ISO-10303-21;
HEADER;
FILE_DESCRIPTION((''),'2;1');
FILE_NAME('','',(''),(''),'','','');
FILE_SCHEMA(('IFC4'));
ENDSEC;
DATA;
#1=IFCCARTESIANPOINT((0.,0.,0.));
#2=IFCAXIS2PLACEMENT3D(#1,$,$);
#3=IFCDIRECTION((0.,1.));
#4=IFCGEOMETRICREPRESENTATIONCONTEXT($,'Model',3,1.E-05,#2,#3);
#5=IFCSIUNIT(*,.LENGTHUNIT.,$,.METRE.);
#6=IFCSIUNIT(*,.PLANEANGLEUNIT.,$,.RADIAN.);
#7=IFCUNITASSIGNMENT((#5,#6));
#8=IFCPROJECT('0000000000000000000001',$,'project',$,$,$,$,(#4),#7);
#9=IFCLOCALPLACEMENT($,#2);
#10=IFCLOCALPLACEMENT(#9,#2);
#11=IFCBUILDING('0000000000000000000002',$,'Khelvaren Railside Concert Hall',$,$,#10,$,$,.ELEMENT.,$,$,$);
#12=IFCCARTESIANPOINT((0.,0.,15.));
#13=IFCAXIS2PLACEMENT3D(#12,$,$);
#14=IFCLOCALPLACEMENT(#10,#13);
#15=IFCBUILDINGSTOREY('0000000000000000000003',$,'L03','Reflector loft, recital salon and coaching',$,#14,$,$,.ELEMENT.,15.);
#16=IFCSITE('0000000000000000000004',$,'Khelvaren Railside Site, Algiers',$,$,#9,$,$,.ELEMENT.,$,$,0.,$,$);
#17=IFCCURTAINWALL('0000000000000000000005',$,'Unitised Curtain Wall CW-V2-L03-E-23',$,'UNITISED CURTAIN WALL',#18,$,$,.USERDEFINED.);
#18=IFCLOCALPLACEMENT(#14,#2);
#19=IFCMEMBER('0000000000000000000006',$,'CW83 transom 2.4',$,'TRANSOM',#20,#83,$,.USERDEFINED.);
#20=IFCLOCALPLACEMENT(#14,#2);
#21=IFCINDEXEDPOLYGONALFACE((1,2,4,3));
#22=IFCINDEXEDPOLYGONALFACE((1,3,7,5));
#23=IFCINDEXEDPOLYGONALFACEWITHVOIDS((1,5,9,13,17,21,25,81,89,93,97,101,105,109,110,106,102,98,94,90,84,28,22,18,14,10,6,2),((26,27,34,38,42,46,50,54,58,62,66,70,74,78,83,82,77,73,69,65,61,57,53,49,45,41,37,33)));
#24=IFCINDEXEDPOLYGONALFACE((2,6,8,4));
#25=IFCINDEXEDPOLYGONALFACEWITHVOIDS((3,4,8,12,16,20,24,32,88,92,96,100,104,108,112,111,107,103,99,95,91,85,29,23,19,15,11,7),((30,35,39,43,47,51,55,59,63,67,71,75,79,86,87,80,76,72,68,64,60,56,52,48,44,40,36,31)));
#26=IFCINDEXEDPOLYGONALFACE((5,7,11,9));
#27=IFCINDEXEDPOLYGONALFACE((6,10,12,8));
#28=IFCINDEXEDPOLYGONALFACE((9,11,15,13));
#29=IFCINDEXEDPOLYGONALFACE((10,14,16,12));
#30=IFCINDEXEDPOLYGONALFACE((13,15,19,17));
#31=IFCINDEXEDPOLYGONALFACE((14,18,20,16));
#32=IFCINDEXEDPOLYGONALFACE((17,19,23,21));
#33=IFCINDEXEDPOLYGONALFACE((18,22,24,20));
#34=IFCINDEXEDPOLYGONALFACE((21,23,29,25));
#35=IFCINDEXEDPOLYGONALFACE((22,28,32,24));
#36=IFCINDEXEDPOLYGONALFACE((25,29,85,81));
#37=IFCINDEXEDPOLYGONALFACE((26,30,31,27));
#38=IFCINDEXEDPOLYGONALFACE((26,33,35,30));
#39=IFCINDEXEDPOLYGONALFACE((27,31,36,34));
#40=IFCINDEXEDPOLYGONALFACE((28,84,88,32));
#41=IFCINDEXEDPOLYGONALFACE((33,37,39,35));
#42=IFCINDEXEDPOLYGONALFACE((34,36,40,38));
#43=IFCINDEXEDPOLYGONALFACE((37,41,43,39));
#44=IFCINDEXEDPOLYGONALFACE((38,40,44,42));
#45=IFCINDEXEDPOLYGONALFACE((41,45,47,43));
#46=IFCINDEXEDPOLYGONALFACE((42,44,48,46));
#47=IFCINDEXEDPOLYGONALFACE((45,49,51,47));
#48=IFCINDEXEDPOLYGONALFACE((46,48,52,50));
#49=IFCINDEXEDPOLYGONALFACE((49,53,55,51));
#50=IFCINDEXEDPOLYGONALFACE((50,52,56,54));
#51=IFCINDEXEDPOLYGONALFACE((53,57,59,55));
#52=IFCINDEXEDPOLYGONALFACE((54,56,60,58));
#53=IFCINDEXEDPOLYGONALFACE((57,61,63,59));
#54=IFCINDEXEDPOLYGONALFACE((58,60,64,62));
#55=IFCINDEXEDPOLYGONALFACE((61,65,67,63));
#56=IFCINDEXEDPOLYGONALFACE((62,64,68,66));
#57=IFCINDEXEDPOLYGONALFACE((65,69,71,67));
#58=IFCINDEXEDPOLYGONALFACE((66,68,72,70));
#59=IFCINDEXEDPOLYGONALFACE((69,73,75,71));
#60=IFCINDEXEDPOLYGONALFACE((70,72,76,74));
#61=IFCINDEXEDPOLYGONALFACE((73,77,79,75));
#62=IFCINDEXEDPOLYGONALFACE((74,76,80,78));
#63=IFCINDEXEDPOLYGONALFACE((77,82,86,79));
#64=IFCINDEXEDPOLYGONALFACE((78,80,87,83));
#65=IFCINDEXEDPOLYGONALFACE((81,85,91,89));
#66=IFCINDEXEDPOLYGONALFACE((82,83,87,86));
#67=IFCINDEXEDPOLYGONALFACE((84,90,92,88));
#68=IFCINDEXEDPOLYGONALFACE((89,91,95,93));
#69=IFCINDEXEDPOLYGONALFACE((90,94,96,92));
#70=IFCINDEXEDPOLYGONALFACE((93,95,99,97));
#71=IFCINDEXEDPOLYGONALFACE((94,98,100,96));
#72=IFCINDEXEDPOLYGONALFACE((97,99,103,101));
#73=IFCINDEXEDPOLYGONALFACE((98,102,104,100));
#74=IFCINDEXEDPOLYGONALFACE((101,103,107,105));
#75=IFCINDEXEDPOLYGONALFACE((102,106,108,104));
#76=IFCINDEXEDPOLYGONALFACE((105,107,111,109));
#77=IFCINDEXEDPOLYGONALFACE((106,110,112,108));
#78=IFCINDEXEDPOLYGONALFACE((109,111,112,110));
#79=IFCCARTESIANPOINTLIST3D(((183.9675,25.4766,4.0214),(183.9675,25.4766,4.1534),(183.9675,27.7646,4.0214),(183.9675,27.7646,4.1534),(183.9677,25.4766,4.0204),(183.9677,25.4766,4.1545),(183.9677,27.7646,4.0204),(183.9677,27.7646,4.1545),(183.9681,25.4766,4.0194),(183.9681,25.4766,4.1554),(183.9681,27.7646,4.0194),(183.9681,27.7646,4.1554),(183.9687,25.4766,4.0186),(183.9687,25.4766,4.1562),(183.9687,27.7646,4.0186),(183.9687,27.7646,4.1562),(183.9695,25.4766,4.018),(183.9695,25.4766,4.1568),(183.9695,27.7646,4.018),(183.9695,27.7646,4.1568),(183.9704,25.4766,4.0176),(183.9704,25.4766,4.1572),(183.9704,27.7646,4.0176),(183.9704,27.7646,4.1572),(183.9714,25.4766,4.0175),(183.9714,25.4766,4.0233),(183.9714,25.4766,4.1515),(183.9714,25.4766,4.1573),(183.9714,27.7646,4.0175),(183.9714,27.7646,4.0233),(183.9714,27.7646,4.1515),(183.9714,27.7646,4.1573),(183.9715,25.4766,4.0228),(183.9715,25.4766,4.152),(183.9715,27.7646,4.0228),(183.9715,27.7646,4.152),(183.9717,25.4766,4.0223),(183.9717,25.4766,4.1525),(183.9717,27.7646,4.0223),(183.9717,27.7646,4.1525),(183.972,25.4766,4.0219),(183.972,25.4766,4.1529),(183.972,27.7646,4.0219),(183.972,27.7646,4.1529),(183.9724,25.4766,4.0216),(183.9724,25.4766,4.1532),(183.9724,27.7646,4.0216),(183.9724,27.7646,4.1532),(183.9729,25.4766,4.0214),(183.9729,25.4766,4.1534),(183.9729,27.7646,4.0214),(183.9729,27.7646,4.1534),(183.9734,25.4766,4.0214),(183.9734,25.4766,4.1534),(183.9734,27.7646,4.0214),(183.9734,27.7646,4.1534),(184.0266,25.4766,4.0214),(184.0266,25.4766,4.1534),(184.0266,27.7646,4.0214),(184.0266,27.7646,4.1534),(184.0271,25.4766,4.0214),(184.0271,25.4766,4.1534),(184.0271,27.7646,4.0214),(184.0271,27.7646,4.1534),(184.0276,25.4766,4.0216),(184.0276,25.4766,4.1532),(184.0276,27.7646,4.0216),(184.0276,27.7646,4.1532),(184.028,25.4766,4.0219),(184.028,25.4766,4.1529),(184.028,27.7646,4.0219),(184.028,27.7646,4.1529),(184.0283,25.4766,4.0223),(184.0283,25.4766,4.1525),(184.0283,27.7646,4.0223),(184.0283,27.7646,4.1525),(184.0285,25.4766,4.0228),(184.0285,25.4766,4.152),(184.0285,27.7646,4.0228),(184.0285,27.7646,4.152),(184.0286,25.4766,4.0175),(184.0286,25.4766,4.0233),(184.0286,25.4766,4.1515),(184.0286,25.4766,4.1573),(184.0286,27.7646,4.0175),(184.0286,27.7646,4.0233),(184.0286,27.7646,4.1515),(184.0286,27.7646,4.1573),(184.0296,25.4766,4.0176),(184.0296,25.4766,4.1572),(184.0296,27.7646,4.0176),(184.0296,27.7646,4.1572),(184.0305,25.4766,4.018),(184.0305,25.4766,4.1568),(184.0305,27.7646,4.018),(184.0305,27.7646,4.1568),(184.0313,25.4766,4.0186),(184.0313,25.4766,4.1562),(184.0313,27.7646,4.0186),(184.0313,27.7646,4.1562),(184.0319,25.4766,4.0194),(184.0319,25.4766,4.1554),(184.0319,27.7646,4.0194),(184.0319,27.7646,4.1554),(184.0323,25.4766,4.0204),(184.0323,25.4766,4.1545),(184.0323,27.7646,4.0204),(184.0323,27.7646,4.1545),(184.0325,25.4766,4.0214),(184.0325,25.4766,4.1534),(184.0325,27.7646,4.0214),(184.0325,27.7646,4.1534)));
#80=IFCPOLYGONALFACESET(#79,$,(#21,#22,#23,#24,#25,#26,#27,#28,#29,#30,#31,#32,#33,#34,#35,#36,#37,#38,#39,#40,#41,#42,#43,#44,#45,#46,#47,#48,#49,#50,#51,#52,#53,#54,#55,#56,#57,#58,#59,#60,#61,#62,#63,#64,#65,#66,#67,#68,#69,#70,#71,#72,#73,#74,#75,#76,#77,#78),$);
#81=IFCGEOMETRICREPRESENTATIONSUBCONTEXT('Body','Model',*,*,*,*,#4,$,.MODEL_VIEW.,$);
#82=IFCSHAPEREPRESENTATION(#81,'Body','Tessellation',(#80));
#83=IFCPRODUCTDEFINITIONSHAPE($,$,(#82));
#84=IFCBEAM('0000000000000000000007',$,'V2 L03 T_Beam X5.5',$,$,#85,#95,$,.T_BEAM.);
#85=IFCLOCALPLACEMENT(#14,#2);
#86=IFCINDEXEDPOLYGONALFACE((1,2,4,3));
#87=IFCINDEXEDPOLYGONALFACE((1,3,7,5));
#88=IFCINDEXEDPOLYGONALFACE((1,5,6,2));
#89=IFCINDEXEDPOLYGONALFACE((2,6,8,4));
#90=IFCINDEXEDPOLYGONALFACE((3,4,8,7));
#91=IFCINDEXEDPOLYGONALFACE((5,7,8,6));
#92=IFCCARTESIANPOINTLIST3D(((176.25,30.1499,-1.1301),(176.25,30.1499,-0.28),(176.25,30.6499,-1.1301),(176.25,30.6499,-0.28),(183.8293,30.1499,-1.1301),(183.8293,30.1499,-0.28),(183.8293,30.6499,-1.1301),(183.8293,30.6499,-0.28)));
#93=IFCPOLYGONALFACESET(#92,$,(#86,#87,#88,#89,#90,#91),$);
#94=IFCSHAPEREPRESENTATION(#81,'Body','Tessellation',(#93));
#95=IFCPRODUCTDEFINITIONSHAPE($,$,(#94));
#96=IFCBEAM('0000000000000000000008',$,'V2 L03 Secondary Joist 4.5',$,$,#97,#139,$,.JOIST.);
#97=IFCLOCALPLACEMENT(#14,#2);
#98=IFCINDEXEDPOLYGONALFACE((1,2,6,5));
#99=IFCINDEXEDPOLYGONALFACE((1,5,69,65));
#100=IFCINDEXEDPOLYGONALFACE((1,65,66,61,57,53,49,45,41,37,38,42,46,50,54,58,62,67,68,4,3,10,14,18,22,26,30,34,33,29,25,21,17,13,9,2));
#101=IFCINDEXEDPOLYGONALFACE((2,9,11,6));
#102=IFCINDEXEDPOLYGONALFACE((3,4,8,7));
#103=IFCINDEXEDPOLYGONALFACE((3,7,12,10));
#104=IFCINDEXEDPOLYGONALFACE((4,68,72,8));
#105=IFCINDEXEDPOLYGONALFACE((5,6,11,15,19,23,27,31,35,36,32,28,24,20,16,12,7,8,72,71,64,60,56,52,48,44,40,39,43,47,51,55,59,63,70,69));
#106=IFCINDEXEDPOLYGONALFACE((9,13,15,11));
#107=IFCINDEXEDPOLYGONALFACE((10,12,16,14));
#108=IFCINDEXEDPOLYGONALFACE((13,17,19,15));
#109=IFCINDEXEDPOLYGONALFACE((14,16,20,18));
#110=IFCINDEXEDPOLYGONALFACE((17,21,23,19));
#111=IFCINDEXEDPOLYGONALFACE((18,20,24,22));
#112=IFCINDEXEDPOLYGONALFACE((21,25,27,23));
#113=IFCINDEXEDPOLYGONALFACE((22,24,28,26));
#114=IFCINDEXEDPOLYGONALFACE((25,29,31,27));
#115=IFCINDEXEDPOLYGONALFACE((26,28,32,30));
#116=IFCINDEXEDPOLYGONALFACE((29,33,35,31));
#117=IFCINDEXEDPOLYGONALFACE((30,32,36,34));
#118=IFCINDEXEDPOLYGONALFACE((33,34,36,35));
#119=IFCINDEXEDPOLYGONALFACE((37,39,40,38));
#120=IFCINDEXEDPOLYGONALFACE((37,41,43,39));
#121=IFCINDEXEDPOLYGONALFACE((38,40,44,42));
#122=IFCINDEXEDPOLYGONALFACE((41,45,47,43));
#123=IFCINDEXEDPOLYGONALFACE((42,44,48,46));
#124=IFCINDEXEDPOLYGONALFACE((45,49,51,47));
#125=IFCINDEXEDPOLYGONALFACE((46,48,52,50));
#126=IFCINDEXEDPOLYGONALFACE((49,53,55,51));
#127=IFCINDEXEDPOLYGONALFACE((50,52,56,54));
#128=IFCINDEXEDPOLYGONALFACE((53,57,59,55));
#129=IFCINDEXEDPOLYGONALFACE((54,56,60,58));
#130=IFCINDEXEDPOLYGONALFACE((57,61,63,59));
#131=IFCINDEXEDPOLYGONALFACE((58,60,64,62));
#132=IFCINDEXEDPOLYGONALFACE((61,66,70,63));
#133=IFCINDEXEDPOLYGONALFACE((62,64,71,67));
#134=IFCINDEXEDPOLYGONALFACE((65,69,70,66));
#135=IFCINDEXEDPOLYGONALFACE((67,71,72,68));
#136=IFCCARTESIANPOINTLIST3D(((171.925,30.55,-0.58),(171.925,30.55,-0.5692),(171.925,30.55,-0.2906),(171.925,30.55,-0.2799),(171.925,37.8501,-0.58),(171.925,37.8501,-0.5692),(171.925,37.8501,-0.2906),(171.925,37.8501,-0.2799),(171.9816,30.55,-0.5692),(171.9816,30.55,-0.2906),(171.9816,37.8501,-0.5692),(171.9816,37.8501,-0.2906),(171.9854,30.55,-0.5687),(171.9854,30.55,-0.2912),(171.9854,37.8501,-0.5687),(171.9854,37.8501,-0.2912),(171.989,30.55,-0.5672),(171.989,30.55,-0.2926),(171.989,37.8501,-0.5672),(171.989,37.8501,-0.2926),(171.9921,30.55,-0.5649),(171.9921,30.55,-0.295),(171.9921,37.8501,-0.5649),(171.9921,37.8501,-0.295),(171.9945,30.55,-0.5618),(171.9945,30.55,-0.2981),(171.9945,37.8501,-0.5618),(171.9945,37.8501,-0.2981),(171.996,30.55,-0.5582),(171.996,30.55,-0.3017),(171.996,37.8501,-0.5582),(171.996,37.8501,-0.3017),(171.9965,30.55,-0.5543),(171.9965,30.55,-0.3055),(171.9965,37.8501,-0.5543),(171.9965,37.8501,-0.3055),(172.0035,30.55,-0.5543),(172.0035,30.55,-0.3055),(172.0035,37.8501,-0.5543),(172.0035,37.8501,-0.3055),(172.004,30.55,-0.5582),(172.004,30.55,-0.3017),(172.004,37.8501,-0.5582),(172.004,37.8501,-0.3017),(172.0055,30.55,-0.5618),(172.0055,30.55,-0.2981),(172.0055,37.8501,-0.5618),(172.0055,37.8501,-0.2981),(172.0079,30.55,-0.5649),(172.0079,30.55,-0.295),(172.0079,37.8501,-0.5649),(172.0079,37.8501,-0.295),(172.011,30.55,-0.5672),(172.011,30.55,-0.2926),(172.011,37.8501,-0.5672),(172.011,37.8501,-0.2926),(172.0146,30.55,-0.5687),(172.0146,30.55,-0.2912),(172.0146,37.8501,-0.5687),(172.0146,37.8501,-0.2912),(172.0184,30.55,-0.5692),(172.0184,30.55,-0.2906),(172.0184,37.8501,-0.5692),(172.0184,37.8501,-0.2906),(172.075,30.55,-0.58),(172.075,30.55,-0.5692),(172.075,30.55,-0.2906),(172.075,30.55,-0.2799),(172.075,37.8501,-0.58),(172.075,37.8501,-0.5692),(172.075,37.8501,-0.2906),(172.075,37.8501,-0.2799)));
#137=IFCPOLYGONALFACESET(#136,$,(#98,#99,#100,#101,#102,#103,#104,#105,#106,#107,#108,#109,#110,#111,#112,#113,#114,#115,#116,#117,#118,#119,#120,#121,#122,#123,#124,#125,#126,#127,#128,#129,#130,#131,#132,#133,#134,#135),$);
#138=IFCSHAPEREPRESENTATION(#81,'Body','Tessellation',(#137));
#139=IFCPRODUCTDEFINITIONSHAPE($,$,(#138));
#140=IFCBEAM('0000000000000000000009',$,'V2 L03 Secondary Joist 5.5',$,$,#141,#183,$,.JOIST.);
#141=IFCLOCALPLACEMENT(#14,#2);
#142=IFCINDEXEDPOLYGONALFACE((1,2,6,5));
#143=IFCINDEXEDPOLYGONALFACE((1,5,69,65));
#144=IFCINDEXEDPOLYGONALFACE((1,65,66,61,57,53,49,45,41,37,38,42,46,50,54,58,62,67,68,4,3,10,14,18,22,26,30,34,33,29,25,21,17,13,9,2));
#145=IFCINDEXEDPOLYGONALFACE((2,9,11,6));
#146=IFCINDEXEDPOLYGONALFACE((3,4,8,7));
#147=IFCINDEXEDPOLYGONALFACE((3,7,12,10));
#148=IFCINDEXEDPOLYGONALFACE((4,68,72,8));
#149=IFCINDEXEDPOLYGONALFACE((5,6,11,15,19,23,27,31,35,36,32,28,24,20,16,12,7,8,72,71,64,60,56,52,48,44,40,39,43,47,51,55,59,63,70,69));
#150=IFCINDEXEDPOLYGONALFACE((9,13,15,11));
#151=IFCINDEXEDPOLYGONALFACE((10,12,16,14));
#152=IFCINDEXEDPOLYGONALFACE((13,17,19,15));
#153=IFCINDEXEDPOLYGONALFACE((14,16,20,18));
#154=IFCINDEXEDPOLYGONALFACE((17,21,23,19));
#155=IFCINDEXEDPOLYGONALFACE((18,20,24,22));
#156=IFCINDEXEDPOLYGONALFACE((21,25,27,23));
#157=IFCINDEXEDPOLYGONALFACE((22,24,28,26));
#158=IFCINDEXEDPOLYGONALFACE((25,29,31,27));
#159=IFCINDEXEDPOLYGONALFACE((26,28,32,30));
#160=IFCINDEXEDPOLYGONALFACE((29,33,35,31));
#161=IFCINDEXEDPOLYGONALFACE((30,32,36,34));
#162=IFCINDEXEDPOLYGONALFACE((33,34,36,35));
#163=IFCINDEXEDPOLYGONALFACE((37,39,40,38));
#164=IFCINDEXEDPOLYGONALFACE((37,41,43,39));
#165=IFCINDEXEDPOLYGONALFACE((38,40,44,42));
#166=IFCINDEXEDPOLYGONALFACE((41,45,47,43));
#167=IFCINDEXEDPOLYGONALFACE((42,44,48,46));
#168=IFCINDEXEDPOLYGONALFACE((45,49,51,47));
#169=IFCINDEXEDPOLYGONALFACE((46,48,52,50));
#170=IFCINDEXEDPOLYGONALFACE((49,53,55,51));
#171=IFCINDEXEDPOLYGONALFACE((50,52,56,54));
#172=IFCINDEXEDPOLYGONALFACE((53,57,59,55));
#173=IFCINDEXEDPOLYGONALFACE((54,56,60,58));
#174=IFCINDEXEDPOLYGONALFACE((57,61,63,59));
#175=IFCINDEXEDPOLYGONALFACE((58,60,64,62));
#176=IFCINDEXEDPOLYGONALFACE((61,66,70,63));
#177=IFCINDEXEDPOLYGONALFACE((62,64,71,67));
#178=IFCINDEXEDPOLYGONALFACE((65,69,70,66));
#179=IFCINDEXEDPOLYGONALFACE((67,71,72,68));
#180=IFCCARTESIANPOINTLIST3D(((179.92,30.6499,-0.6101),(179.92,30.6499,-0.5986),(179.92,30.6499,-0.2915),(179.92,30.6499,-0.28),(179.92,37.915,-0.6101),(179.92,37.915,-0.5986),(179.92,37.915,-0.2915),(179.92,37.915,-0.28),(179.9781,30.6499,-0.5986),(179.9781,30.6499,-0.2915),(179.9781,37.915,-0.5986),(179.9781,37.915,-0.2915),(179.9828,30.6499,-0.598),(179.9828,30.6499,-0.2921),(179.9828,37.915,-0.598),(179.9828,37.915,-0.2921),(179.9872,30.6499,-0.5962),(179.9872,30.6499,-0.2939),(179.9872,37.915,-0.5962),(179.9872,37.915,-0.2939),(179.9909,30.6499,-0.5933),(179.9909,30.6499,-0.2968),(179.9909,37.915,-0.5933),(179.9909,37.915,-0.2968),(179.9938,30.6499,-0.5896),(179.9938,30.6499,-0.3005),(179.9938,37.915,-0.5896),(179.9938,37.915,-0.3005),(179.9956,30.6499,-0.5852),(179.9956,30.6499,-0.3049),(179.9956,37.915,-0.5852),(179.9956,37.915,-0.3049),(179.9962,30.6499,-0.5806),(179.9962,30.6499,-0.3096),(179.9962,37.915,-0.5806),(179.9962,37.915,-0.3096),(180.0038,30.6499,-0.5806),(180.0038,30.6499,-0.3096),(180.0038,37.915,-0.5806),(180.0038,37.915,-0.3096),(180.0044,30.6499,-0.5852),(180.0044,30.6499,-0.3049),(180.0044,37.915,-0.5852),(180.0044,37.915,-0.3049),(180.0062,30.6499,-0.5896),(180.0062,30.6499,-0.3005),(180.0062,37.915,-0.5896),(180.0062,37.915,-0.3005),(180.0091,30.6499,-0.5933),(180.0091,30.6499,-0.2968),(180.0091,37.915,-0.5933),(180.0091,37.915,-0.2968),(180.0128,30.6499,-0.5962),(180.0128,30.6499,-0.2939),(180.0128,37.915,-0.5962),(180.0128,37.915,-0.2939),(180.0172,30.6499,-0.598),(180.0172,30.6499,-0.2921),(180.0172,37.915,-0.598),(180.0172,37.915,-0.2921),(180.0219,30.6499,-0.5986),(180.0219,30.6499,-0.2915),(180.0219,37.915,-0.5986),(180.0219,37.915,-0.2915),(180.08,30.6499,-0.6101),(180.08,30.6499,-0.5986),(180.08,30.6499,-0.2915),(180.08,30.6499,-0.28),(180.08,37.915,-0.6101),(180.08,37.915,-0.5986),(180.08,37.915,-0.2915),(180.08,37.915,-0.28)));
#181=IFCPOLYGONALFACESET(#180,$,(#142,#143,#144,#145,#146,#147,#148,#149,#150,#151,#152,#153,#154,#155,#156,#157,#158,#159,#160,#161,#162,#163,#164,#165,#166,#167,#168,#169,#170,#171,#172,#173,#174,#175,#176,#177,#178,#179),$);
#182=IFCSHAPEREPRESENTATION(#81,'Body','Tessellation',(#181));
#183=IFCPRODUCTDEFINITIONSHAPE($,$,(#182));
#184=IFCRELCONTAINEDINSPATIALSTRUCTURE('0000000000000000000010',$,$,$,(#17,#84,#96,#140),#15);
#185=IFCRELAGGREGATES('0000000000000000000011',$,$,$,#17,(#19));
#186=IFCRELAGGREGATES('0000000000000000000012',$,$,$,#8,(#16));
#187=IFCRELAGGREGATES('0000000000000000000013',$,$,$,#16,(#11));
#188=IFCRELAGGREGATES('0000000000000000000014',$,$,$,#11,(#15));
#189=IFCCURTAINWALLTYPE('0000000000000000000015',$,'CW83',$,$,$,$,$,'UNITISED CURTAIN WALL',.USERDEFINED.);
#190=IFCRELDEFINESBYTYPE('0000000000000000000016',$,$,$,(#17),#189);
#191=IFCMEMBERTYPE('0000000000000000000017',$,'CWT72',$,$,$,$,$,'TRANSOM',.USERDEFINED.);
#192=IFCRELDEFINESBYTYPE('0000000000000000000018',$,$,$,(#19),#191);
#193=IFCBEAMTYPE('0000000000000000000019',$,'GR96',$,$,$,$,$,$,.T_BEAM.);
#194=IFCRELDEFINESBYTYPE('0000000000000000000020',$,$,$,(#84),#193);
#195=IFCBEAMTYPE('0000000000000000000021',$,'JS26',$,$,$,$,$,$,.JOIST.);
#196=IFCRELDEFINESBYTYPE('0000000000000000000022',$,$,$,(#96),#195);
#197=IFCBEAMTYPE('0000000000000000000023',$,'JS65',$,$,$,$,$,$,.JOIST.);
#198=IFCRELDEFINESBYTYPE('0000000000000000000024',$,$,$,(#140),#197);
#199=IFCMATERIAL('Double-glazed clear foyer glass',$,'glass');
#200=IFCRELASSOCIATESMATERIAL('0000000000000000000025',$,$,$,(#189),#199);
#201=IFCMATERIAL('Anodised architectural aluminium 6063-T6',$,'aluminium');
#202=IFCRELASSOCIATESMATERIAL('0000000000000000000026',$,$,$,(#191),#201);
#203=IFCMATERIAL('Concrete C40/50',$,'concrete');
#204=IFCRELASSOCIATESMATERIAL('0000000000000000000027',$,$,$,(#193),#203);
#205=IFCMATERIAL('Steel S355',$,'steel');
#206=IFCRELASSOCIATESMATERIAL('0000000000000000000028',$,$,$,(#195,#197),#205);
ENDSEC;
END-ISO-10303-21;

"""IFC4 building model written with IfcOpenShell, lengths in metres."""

from ifc_helpers import new_model, si_unit, direction, frame, origin, origin_2d, place, context, subcontext, project, spatial, rectangle, hollow_rectangle, i_section, extrude, material, material_profile, profile_set, type_object, element, aggregate, save


model = new_model("IFC4")

# Units and contexts
model_context = context("Model", 3, precision=1e-05, world=origin(), true_north=direction((0.0, 1.0)))
body_context = subcontext(model_context, "Body", "Model", "MODEL_VIEW")
ifc_project = project(units=[si_unit("LENGTHUNIT", "METRE"), si_unit("PLANEANGLEUNIT", "RADIAN")], contexts=[model_context])

# Site, building, storey
site_placement = place(None, origin())
site = spatial("IfcSite", under=ifc_project, at=site_placement, Name="Khelvaren Railside Site, Algiers", CompositionType="ELEMENT", RefElevation=0.0)
building_placement = place(site_placement, origin())
building = spatial("IfcBuilding", under=site, at=building_placement, Name="Khelvaren Railside Concert Hall", CompositionType="ELEMENT")
storey_placement = place(building_placement, frame((0.0, 0.0, 15.0)))
storey = spatial("IfcBuildingStorey", under=building, at=storey_placement, Name="L03", Description="Reflector loft, recital salon and coaching", CompositionType="ELEMENT", Elevation=15.0)

# Shared definitions
ifc_material_1 = material(Name="Steel S355", Category="steel")

# Curtain wall, member
ifc_material_2 = material(Name="Double-glazed clear foyer glass", Category="glass")
curtain_wall_type = type_object("IfcCurtainWallType", Name="CW83", ElementType="UNITISED CURTAIN WALL", PredefinedType="USERDEFINED", material=ifc_material_2)
curtain_wall_placement = place(storey_placement, origin())
curtain_wall = element("IfcCurtainWall", 1, at=curtain_wall_placement, inside=storey, type_object=curtain_wall_type, Name="Unitised Curtain Wall CW-V2-L03-E-23", ObjectType="UNITISED CURTAIN WALL", PredefinedType="USERDEFINED")
ifc_material_3 = material(Name="Anodised architectural aluminium 6063-T6", Category="aluminium")
ifc_material_profile_1 = material_profile(ifc_material_3, hollow_rectangle(XDim=0.0649, YDim=0.1399, WallThickness=0.0039, InnerFilletRadius=0.002, OuterFilletRadius=0.0039, at=origin_2d()), Name="CWT 65x140x4")
ifc_profile_set_1 = profile_set([ifc_material_profile_1], Name="Anodised architectural aluminium 6063-T6")
member_type_1 = type_object("IfcMemberType", Name="CWT72", ElementType="TRANSOM", PredefinedType="USERDEFINED", material=ifc_profile_set_1)
member_1_placement = place(storey_placement, frame((184.0, 27.7646, 4.0874), z_axis=(0.0, -1.0, 0.0), x_axis=(1.0, 0.0, 0.0)))
member_1 = element("IfcMember", 2, at=member_1_placement, type_object=member_type_1, Name="CW83 transom 2.4", ObjectType="TRANSOM", PredefinedType="USERDEFINED", context=body_context, shape_type="SweptSolid", body=[
    extrude(hollow_rectangle(XDim=0.0649, YDim=0.1399, WallThickness=0.0039, InnerFilletRadius=0.002, OuterFilletRadius=0.0039, at=origin_2d()), origin(), (0.0, 0.0, 1.0), 2.2881),
])

# Beams
ifc_material_4 = material(Name="Concrete C40/50", Category="concrete")
ifc_material_profile_2 = material_profile(ifc_material_4, rectangle(XDim=0.5, YDim=0.8501, at=origin_2d()), Name="RCB 500x850")
ifc_profile_set_2 = profile_set([ifc_material_profile_2], Name="Concrete C40/50")
beam_type_1 = type_object("IfcBeamType", Name="GR96", PredefinedType="T_BEAM", material=ifc_profile_set_2)
beam_1_placement = place(storey_placement, frame((176.25, 30.3999, -0.7051), z_axis=(1.0, 0.0, 0.0), x_axis=(0.0, 1.0, 0.0)))
element("IfcBeam", 3, at=beam_1_placement, inside=storey, type_object=beam_type_1, Name="V2 L03 T_Beam X5.5", PredefinedType="T_BEAM", context=body_context, shape_type="SweptSolid", body=[
    extrude(rectangle(XDim=0.5, YDim=0.8501, at=origin_2d()), origin(), (0.0, 0.0, 1.0), 7.5793),
])
ifc_material_profile_3 = material_profile(ifc_material_1, i_section(OverallWidth=0.1499, OverallDepth=0.3, WebThickness=0.0071, FlangeThickness=0.0107, FilletRadius=0.0149, at=origin_2d()), Name="IPE 300")
ifc_profile_set_3 = profile_set([ifc_material_profile_3], Name="Steel S355")
beam_type_2 = type_object("IfcBeamType", Name="JS26", PredefinedType="JOIST", material=ifc_profile_set_3)
beam_2_placement = place(storey_placement, frame((172.0, 30.55, -0.4299), z_axis=(0.0, 1.0, 0.0), x_axis=(-1.0, 0.0, 0.0)))
element("IfcBeam", 4, at=beam_2_placement, inside=storey, type_object=beam_type_2, Name="V2 L03 Secondary Joist 4.5", PredefinedType="JOIST", context=body_context, shape_type="SweptSolid", body=[
    extrude(i_section(OverallWidth=0.1499, OverallDepth=0.3, WebThickness=0.0071, FlangeThickness=0.0107, FilletRadius=0.0149, at=origin_2d()), origin(), (0.0, 0.0, 1.0), 7.3),
])
ifc_material_profile_4 = material_profile(ifc_material_1, i_section(OverallWidth=0.1599, OverallDepth=0.3301, WebThickness=0.0076, FlangeThickness=0.0115, FilletRadius=0.0181, at=origin_2d()), Name="IPE 330")
ifc_profile_set_4 = profile_set([ifc_material_profile_4], Name="Steel S355")
beam_type_3 = type_object("IfcBeamType", Name="JS65", PredefinedType="JOIST", material=ifc_profile_set_4)
beam_3_placement = place(storey_placement, frame((180.0, 30.6499, -0.4451), z_axis=(0.0, 1.0, 0.0), x_axis=(-1.0, 0.0, 0.0)))
element("IfcBeam", 5, at=beam_3_placement, inside=storey, type_object=beam_type_3, Name="V2 L03 Secondary Joist 5.5", PredefinedType="JOIST", context=body_context, shape_type="SweptSolid", body=[
    extrude(i_section(OverallWidth=0.1599, OverallDepth=0.3301, WebThickness=0.0076, FlangeThickness=0.0115, FilletRadius=0.0181, at=origin_2d()), origin(), (0.0, 0.0, 1.0), 7.2651),
])

aggregate(curtain_wall, [member_1])

save(model, "model.ifc")
